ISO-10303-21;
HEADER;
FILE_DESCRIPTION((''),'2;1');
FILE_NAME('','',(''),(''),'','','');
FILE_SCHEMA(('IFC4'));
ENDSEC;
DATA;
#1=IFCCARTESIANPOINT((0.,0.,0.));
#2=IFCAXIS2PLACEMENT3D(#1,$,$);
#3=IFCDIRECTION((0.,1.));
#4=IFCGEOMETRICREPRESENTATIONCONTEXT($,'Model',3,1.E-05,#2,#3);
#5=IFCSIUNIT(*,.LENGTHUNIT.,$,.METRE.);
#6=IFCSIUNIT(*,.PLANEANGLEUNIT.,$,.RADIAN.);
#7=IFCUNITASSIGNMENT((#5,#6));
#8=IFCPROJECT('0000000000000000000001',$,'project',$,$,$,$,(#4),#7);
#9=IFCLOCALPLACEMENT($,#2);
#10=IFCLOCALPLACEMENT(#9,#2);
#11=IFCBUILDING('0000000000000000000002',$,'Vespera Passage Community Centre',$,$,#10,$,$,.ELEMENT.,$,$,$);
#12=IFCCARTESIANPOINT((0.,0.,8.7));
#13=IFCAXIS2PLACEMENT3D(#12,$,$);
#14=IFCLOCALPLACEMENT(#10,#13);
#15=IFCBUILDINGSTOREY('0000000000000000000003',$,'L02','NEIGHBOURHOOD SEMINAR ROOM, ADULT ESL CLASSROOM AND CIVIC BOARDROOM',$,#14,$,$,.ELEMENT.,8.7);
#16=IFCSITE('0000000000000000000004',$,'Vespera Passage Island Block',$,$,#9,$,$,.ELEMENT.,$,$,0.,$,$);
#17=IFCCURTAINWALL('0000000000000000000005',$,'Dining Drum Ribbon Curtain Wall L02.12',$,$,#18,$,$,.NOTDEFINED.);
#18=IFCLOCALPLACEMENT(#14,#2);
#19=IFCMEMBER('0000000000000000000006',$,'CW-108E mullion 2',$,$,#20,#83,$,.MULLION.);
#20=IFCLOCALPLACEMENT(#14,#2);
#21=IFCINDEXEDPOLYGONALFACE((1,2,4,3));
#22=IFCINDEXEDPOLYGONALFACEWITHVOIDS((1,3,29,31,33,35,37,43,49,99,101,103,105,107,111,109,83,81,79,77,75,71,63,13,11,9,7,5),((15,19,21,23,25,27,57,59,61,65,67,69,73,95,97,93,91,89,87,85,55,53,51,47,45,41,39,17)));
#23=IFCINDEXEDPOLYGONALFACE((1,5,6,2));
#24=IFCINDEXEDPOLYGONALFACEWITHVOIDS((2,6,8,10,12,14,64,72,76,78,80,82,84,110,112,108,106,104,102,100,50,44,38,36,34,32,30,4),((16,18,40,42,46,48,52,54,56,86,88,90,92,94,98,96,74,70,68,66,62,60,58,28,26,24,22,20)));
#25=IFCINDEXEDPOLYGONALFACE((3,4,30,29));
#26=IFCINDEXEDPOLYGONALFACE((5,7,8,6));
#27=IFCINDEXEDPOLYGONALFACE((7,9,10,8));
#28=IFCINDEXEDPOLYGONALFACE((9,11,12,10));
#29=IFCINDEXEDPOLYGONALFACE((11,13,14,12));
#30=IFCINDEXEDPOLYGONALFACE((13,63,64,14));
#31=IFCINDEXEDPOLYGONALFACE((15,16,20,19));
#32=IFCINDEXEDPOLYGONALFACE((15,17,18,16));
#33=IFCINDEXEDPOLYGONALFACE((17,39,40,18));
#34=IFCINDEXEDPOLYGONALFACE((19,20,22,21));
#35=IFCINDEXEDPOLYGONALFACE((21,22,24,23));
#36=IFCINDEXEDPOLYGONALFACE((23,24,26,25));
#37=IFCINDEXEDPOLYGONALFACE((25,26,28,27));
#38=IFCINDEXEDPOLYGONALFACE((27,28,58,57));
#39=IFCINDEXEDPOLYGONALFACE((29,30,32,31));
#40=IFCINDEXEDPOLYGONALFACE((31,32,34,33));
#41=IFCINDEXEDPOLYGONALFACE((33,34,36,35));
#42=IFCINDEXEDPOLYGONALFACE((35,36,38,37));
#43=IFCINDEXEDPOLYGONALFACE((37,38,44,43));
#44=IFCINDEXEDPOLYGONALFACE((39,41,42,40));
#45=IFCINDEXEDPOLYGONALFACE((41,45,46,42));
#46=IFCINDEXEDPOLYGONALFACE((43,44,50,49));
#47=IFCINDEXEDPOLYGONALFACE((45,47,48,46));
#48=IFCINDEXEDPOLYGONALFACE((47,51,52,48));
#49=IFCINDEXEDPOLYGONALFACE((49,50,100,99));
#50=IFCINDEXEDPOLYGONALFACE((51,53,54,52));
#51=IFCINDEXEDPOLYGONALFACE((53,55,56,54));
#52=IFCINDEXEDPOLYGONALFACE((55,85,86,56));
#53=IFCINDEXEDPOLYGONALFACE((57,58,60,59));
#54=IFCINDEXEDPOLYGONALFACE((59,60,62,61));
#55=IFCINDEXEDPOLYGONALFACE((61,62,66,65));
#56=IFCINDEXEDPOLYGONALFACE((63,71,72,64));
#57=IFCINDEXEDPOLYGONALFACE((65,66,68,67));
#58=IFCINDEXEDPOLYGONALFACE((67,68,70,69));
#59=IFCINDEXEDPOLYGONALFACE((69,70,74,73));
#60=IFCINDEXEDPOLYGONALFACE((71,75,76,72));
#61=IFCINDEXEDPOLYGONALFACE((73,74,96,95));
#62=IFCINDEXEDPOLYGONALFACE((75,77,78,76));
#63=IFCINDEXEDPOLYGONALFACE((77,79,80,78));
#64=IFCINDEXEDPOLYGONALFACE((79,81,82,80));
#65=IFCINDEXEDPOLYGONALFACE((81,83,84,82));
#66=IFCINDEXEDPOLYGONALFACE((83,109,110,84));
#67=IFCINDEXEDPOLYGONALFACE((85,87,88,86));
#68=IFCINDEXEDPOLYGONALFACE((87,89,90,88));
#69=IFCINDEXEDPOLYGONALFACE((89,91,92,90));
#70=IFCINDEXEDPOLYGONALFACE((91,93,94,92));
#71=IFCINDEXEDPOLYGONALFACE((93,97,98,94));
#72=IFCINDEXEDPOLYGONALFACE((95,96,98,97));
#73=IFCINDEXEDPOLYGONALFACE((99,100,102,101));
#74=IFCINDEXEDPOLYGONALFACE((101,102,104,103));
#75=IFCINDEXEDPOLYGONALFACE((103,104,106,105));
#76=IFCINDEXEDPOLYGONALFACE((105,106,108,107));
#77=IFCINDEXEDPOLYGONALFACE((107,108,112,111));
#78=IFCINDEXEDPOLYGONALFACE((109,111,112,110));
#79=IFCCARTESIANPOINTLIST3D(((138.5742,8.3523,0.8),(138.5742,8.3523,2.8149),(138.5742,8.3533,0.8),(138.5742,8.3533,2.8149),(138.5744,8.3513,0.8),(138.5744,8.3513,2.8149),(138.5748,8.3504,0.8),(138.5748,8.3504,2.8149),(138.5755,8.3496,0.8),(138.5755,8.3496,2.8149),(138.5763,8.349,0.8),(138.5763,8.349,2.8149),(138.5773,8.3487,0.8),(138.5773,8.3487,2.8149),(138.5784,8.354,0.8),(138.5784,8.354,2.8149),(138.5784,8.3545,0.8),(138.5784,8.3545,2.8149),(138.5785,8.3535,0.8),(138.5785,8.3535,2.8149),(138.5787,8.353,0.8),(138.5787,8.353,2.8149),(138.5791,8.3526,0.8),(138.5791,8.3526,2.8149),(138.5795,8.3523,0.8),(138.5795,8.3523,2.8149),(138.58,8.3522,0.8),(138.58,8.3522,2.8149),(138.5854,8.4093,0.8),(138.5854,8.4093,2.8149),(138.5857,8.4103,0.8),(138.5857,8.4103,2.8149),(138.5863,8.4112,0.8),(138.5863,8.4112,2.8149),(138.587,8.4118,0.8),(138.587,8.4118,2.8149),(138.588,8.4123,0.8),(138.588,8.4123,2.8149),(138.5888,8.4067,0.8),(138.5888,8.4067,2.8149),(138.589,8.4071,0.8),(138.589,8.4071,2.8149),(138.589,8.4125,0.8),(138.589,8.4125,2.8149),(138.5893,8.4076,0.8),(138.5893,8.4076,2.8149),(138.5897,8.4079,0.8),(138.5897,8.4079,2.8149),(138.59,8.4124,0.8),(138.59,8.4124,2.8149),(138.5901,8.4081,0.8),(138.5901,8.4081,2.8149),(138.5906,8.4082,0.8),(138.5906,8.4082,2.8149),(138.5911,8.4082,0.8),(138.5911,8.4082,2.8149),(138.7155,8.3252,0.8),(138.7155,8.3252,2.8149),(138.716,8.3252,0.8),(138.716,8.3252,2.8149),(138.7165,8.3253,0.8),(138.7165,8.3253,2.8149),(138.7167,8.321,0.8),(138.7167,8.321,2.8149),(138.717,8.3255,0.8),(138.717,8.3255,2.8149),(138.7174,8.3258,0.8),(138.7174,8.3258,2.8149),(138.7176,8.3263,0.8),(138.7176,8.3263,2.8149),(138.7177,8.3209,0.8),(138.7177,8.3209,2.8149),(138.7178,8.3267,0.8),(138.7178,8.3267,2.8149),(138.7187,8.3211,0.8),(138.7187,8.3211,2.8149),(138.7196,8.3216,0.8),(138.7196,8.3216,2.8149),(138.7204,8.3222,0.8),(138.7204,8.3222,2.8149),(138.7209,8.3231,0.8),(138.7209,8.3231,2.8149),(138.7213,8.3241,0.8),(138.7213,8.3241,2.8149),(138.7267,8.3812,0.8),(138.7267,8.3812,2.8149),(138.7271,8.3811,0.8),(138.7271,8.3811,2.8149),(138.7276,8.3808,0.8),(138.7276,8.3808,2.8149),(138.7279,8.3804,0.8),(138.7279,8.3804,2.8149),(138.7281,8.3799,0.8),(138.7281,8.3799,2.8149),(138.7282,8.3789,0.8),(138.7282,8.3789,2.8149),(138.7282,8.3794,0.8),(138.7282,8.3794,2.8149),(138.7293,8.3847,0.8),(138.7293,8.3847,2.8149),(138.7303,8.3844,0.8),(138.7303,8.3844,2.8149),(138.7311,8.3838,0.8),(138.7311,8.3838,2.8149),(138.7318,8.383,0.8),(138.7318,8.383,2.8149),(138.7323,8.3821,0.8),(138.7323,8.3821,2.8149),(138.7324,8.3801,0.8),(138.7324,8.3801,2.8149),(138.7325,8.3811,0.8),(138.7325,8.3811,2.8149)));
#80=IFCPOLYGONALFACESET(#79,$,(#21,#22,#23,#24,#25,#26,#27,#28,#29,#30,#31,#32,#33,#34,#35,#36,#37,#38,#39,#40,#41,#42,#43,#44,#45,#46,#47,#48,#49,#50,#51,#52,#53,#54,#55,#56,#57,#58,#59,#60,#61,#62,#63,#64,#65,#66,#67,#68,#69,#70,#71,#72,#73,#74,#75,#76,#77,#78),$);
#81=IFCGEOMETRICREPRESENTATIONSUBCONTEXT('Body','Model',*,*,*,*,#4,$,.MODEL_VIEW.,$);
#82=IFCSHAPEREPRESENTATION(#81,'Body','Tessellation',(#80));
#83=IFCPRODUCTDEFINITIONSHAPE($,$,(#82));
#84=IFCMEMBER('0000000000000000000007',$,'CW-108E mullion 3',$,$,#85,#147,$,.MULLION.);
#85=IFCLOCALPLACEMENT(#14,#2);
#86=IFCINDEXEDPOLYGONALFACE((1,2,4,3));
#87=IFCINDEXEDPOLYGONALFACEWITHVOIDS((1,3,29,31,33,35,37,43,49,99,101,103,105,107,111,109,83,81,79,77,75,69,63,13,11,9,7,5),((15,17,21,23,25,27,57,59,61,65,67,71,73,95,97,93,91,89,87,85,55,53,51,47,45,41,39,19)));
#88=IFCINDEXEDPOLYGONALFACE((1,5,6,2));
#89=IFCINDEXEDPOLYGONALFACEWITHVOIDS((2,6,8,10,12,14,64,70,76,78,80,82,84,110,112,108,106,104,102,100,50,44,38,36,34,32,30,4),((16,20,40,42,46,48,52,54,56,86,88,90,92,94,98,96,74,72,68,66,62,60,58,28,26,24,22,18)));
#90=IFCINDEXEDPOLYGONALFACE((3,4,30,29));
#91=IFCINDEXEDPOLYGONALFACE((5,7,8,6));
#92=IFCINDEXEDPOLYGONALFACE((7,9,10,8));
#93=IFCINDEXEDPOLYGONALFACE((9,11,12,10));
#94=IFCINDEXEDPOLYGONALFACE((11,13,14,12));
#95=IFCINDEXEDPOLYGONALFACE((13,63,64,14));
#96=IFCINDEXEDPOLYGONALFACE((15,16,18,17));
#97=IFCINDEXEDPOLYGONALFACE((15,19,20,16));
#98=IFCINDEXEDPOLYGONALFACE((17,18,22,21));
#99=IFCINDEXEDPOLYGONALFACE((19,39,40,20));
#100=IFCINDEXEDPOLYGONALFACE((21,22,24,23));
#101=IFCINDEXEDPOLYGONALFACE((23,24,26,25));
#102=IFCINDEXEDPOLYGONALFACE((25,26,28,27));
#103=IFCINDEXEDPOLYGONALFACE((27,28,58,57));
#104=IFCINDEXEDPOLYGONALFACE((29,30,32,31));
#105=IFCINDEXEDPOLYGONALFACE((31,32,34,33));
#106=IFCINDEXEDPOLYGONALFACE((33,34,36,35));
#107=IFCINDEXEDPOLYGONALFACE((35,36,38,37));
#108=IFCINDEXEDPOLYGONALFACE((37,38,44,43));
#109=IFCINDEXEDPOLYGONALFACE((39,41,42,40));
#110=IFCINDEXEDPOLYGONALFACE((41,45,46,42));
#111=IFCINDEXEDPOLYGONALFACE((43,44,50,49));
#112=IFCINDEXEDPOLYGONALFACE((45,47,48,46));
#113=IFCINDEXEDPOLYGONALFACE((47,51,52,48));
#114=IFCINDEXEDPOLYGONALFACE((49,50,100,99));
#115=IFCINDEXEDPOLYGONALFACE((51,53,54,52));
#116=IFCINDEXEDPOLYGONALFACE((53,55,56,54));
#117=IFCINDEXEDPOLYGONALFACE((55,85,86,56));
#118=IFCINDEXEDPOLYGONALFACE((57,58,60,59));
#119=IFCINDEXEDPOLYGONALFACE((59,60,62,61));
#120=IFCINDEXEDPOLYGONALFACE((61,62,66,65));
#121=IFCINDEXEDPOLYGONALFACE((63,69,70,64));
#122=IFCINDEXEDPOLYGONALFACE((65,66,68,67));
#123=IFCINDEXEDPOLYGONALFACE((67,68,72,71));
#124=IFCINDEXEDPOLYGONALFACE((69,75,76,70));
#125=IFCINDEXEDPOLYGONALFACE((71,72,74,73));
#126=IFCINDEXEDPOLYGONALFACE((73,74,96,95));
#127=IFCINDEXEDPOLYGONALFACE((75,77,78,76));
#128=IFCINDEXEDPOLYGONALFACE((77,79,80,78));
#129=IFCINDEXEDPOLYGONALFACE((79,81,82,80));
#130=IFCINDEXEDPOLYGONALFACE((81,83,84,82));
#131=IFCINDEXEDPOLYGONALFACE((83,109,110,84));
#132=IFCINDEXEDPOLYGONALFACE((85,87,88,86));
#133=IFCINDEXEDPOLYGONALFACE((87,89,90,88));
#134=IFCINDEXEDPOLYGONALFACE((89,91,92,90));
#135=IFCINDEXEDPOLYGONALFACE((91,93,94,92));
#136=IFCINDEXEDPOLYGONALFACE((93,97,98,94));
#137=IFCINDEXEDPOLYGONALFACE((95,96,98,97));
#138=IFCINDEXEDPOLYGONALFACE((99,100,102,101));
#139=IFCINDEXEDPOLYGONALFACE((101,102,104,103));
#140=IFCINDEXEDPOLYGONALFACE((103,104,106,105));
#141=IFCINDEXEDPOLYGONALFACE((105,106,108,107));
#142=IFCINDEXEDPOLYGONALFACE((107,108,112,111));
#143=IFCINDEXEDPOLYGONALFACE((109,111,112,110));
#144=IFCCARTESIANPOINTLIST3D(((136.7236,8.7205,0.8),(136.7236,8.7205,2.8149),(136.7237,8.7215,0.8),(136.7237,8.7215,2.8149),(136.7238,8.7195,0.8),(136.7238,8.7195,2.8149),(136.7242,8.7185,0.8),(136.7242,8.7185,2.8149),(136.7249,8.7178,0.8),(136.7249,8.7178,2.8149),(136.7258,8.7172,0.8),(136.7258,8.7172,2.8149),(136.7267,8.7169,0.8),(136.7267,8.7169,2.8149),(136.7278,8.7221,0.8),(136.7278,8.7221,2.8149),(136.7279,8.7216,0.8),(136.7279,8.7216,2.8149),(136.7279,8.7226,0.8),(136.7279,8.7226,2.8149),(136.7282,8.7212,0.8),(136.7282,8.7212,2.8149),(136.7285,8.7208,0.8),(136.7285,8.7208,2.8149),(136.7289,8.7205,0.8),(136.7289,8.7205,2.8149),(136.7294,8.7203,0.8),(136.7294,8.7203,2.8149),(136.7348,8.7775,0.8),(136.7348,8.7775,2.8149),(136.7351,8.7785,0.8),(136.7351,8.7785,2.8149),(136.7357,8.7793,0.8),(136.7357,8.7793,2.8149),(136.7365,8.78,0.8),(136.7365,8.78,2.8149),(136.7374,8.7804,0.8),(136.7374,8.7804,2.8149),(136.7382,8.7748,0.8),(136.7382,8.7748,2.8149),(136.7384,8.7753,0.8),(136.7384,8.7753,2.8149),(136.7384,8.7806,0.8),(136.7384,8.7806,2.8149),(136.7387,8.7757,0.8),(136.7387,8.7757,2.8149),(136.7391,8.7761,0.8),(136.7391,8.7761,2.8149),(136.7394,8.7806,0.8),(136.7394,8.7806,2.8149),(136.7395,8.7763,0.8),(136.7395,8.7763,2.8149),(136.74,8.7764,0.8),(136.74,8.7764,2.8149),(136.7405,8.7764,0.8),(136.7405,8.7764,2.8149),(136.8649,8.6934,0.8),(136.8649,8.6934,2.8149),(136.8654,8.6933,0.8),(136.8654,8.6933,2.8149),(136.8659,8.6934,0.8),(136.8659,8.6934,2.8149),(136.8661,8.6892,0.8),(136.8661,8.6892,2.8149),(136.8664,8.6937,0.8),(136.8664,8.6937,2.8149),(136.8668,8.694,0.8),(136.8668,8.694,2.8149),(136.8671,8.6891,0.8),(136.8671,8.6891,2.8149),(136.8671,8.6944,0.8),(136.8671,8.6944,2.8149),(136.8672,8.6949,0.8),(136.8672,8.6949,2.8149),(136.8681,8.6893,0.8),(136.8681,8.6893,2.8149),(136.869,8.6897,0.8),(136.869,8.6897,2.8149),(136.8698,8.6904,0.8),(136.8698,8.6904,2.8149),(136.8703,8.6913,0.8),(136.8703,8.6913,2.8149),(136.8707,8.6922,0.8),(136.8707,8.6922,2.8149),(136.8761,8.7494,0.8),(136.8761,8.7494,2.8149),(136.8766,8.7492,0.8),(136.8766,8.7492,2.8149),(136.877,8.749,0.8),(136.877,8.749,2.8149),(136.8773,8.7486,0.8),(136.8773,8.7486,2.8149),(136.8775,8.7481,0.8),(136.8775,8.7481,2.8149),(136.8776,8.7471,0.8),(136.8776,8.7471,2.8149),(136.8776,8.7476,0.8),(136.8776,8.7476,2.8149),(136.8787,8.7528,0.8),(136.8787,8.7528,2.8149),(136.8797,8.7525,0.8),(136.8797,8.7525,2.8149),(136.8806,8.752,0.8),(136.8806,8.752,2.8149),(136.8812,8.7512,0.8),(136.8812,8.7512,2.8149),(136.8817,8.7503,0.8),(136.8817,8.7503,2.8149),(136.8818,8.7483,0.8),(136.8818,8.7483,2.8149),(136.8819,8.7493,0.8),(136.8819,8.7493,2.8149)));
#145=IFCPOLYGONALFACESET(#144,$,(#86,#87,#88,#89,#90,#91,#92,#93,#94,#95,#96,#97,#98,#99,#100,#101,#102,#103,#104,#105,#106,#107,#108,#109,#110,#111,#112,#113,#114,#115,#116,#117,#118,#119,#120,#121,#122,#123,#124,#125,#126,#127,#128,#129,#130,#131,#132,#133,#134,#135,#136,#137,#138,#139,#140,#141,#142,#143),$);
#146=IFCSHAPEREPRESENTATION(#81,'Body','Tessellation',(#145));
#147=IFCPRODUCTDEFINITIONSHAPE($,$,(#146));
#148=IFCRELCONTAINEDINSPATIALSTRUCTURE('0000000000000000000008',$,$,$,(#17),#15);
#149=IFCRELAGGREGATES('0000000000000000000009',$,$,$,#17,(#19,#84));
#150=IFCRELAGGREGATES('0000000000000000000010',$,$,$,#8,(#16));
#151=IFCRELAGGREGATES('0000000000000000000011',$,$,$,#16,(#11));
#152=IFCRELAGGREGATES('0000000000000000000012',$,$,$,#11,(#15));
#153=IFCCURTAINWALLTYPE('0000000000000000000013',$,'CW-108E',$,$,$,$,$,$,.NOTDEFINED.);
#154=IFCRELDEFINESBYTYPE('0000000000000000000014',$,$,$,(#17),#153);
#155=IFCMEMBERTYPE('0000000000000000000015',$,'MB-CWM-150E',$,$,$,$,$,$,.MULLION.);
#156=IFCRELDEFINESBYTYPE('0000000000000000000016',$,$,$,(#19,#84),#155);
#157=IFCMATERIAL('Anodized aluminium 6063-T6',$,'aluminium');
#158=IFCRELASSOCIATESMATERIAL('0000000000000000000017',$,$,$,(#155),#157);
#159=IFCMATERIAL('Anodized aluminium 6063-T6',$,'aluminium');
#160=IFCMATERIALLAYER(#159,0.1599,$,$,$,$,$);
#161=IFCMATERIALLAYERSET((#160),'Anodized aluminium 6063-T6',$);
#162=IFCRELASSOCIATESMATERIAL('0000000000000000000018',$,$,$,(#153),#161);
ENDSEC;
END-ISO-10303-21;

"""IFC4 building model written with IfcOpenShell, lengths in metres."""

from ifc_helpers import new_model, si_unit, direction, frame, origin, origin_2d, place, context, subcontext, project, spatial, hollow_rectangle, extrude, material, layer, layer_set, material_profile, profile_set, type_object, element, aggregate, save


model = new_model("IFC4")

# Units and contexts
model_context = context("Model", 3, precision=1e-05, world=origin(), true_north=direction((0.0, 1.0)))
body_context = subcontext(model_context, "Body", "Model", "MODEL_VIEW")
ifc_project = project(units=[si_unit("LENGTHUNIT", "METRE"), si_unit("PLANEANGLEUNIT", "RADIAN")], contexts=[model_context])

# Site, building, storey
site_placement = place(None, origin())
site = spatial("IfcSite", under=ifc_project, at=site_placement, Name="Vespera Passage Island Block", CompositionType="ELEMENT", RefElevation=0.0)
building_placement = place(site_placement, origin())
building = spatial("IfcBuilding", under=site, at=building_placement, Name="Vespera Passage Community Centre", CompositionType="ELEMENT")
storey_placement = place(building_placement, frame((0.0, 0.0, 8.7)))
storey = spatial("IfcBuildingStorey", under=building, at=storey_placement, Name="L02", Description="NEIGHBOURHOOD SEMINAR ROOM, ADULT ESL CLASSROOM AND CIVIC BOARDROOM", CompositionType="ELEMENT", Elevation=8.7)

# Curtain wall, members
ifc_material_1 = material(Name="Anodized aluminium 6063-T6", Category="aluminium")
ifc_material_profile_1 = material_profile(ifc_material_1, hollow_rectangle(XDim=0.0649, YDim=0.1499, WallThickness=0.0039, InnerFilletRadius=0.002, OuterFilletRadius=0.0039, at=origin_2d()), Name="ALU150X65X4")
ifc_profile_set_1 = profile_set([ifc_material_profile_1], Name="Anodized aluminium 6063-T6")
member_type_1 = type_object("IfcMemberType", Name="MB-CWM-150E", PredefinedType="MULLION", material=ifc_profile_set_1)
ifc_material_2 = material(Name="Anodized aluminium 6063-T6", Category="aluminium")
ifc_layer_1 = layer(ifc_material_2, 0.1599)
ifc_layer_set_1 = layer_set([ifc_layer_1], Name="Anodized aluminium 6063-T6")
curtain_wall_type_1 = type_object("IfcCurtainWallType", Name="CW-108E", PredefinedType="NOTDEFINED", material=ifc_layer_set_1)
curtain_wall_1_placement = place(storey_placement, origin())
curtain_wall_1 = element("IfcCurtainWall", 1, at=curtain_wall_1_placement, inside=storey, type_object=curtain_wall_type_1, Name="Dining Drum Ribbon Curtain Wall L02.12", PredefinedType="NOTDEFINED")
member_1_placement = place(storey_placement, frame((138.6533, 8.3667, 0.8), z_axis=(0.0, 0.0, 1.0), x_axis=(-0.195097, -0.980784, 0.0)))
member_1 = element("IfcMember", 2, at=member_1_placement, type_object=member_type_1, Name="CW-108E mullion 2", PredefinedType="MULLION", context=body_context, shape_type="SweptSolid", body=[
    extrude(hollow_rectangle(XDim=0.0649, YDim=0.1499, WallThickness=0.0039, InnerFilletRadius=0.002, OuterFilletRadius=0.0039, at=origin_2d()), origin(), (0.0, 0.0, 1.0), 2.0149),
])
member_2_placement = place(storey_placement, frame((136.8027, 8.7349, 0.8), z_axis=(0.0, 0.0, 1.0), x_axis=(-0.195097, -0.980784, 0.0)))
member_2 = element("IfcMember", 3, at=member_2_placement, type_object=member_type_1, Name="CW-108E mullion 3", PredefinedType="MULLION", context=body_context, shape_type="SweptSolid", body=[
    extrude(hollow_rectangle(XDim=0.0649, YDim=0.1499, WallThickness=0.0039, InnerFilletRadius=0.002, OuterFilletRadius=0.0039, at=origin_2d()), origin(), (0.0, 0.0, 1.0), 2.0149),
])

aggregate(curtain_wall_1, [member_1, member_2])

save(model, "model.ifc")
